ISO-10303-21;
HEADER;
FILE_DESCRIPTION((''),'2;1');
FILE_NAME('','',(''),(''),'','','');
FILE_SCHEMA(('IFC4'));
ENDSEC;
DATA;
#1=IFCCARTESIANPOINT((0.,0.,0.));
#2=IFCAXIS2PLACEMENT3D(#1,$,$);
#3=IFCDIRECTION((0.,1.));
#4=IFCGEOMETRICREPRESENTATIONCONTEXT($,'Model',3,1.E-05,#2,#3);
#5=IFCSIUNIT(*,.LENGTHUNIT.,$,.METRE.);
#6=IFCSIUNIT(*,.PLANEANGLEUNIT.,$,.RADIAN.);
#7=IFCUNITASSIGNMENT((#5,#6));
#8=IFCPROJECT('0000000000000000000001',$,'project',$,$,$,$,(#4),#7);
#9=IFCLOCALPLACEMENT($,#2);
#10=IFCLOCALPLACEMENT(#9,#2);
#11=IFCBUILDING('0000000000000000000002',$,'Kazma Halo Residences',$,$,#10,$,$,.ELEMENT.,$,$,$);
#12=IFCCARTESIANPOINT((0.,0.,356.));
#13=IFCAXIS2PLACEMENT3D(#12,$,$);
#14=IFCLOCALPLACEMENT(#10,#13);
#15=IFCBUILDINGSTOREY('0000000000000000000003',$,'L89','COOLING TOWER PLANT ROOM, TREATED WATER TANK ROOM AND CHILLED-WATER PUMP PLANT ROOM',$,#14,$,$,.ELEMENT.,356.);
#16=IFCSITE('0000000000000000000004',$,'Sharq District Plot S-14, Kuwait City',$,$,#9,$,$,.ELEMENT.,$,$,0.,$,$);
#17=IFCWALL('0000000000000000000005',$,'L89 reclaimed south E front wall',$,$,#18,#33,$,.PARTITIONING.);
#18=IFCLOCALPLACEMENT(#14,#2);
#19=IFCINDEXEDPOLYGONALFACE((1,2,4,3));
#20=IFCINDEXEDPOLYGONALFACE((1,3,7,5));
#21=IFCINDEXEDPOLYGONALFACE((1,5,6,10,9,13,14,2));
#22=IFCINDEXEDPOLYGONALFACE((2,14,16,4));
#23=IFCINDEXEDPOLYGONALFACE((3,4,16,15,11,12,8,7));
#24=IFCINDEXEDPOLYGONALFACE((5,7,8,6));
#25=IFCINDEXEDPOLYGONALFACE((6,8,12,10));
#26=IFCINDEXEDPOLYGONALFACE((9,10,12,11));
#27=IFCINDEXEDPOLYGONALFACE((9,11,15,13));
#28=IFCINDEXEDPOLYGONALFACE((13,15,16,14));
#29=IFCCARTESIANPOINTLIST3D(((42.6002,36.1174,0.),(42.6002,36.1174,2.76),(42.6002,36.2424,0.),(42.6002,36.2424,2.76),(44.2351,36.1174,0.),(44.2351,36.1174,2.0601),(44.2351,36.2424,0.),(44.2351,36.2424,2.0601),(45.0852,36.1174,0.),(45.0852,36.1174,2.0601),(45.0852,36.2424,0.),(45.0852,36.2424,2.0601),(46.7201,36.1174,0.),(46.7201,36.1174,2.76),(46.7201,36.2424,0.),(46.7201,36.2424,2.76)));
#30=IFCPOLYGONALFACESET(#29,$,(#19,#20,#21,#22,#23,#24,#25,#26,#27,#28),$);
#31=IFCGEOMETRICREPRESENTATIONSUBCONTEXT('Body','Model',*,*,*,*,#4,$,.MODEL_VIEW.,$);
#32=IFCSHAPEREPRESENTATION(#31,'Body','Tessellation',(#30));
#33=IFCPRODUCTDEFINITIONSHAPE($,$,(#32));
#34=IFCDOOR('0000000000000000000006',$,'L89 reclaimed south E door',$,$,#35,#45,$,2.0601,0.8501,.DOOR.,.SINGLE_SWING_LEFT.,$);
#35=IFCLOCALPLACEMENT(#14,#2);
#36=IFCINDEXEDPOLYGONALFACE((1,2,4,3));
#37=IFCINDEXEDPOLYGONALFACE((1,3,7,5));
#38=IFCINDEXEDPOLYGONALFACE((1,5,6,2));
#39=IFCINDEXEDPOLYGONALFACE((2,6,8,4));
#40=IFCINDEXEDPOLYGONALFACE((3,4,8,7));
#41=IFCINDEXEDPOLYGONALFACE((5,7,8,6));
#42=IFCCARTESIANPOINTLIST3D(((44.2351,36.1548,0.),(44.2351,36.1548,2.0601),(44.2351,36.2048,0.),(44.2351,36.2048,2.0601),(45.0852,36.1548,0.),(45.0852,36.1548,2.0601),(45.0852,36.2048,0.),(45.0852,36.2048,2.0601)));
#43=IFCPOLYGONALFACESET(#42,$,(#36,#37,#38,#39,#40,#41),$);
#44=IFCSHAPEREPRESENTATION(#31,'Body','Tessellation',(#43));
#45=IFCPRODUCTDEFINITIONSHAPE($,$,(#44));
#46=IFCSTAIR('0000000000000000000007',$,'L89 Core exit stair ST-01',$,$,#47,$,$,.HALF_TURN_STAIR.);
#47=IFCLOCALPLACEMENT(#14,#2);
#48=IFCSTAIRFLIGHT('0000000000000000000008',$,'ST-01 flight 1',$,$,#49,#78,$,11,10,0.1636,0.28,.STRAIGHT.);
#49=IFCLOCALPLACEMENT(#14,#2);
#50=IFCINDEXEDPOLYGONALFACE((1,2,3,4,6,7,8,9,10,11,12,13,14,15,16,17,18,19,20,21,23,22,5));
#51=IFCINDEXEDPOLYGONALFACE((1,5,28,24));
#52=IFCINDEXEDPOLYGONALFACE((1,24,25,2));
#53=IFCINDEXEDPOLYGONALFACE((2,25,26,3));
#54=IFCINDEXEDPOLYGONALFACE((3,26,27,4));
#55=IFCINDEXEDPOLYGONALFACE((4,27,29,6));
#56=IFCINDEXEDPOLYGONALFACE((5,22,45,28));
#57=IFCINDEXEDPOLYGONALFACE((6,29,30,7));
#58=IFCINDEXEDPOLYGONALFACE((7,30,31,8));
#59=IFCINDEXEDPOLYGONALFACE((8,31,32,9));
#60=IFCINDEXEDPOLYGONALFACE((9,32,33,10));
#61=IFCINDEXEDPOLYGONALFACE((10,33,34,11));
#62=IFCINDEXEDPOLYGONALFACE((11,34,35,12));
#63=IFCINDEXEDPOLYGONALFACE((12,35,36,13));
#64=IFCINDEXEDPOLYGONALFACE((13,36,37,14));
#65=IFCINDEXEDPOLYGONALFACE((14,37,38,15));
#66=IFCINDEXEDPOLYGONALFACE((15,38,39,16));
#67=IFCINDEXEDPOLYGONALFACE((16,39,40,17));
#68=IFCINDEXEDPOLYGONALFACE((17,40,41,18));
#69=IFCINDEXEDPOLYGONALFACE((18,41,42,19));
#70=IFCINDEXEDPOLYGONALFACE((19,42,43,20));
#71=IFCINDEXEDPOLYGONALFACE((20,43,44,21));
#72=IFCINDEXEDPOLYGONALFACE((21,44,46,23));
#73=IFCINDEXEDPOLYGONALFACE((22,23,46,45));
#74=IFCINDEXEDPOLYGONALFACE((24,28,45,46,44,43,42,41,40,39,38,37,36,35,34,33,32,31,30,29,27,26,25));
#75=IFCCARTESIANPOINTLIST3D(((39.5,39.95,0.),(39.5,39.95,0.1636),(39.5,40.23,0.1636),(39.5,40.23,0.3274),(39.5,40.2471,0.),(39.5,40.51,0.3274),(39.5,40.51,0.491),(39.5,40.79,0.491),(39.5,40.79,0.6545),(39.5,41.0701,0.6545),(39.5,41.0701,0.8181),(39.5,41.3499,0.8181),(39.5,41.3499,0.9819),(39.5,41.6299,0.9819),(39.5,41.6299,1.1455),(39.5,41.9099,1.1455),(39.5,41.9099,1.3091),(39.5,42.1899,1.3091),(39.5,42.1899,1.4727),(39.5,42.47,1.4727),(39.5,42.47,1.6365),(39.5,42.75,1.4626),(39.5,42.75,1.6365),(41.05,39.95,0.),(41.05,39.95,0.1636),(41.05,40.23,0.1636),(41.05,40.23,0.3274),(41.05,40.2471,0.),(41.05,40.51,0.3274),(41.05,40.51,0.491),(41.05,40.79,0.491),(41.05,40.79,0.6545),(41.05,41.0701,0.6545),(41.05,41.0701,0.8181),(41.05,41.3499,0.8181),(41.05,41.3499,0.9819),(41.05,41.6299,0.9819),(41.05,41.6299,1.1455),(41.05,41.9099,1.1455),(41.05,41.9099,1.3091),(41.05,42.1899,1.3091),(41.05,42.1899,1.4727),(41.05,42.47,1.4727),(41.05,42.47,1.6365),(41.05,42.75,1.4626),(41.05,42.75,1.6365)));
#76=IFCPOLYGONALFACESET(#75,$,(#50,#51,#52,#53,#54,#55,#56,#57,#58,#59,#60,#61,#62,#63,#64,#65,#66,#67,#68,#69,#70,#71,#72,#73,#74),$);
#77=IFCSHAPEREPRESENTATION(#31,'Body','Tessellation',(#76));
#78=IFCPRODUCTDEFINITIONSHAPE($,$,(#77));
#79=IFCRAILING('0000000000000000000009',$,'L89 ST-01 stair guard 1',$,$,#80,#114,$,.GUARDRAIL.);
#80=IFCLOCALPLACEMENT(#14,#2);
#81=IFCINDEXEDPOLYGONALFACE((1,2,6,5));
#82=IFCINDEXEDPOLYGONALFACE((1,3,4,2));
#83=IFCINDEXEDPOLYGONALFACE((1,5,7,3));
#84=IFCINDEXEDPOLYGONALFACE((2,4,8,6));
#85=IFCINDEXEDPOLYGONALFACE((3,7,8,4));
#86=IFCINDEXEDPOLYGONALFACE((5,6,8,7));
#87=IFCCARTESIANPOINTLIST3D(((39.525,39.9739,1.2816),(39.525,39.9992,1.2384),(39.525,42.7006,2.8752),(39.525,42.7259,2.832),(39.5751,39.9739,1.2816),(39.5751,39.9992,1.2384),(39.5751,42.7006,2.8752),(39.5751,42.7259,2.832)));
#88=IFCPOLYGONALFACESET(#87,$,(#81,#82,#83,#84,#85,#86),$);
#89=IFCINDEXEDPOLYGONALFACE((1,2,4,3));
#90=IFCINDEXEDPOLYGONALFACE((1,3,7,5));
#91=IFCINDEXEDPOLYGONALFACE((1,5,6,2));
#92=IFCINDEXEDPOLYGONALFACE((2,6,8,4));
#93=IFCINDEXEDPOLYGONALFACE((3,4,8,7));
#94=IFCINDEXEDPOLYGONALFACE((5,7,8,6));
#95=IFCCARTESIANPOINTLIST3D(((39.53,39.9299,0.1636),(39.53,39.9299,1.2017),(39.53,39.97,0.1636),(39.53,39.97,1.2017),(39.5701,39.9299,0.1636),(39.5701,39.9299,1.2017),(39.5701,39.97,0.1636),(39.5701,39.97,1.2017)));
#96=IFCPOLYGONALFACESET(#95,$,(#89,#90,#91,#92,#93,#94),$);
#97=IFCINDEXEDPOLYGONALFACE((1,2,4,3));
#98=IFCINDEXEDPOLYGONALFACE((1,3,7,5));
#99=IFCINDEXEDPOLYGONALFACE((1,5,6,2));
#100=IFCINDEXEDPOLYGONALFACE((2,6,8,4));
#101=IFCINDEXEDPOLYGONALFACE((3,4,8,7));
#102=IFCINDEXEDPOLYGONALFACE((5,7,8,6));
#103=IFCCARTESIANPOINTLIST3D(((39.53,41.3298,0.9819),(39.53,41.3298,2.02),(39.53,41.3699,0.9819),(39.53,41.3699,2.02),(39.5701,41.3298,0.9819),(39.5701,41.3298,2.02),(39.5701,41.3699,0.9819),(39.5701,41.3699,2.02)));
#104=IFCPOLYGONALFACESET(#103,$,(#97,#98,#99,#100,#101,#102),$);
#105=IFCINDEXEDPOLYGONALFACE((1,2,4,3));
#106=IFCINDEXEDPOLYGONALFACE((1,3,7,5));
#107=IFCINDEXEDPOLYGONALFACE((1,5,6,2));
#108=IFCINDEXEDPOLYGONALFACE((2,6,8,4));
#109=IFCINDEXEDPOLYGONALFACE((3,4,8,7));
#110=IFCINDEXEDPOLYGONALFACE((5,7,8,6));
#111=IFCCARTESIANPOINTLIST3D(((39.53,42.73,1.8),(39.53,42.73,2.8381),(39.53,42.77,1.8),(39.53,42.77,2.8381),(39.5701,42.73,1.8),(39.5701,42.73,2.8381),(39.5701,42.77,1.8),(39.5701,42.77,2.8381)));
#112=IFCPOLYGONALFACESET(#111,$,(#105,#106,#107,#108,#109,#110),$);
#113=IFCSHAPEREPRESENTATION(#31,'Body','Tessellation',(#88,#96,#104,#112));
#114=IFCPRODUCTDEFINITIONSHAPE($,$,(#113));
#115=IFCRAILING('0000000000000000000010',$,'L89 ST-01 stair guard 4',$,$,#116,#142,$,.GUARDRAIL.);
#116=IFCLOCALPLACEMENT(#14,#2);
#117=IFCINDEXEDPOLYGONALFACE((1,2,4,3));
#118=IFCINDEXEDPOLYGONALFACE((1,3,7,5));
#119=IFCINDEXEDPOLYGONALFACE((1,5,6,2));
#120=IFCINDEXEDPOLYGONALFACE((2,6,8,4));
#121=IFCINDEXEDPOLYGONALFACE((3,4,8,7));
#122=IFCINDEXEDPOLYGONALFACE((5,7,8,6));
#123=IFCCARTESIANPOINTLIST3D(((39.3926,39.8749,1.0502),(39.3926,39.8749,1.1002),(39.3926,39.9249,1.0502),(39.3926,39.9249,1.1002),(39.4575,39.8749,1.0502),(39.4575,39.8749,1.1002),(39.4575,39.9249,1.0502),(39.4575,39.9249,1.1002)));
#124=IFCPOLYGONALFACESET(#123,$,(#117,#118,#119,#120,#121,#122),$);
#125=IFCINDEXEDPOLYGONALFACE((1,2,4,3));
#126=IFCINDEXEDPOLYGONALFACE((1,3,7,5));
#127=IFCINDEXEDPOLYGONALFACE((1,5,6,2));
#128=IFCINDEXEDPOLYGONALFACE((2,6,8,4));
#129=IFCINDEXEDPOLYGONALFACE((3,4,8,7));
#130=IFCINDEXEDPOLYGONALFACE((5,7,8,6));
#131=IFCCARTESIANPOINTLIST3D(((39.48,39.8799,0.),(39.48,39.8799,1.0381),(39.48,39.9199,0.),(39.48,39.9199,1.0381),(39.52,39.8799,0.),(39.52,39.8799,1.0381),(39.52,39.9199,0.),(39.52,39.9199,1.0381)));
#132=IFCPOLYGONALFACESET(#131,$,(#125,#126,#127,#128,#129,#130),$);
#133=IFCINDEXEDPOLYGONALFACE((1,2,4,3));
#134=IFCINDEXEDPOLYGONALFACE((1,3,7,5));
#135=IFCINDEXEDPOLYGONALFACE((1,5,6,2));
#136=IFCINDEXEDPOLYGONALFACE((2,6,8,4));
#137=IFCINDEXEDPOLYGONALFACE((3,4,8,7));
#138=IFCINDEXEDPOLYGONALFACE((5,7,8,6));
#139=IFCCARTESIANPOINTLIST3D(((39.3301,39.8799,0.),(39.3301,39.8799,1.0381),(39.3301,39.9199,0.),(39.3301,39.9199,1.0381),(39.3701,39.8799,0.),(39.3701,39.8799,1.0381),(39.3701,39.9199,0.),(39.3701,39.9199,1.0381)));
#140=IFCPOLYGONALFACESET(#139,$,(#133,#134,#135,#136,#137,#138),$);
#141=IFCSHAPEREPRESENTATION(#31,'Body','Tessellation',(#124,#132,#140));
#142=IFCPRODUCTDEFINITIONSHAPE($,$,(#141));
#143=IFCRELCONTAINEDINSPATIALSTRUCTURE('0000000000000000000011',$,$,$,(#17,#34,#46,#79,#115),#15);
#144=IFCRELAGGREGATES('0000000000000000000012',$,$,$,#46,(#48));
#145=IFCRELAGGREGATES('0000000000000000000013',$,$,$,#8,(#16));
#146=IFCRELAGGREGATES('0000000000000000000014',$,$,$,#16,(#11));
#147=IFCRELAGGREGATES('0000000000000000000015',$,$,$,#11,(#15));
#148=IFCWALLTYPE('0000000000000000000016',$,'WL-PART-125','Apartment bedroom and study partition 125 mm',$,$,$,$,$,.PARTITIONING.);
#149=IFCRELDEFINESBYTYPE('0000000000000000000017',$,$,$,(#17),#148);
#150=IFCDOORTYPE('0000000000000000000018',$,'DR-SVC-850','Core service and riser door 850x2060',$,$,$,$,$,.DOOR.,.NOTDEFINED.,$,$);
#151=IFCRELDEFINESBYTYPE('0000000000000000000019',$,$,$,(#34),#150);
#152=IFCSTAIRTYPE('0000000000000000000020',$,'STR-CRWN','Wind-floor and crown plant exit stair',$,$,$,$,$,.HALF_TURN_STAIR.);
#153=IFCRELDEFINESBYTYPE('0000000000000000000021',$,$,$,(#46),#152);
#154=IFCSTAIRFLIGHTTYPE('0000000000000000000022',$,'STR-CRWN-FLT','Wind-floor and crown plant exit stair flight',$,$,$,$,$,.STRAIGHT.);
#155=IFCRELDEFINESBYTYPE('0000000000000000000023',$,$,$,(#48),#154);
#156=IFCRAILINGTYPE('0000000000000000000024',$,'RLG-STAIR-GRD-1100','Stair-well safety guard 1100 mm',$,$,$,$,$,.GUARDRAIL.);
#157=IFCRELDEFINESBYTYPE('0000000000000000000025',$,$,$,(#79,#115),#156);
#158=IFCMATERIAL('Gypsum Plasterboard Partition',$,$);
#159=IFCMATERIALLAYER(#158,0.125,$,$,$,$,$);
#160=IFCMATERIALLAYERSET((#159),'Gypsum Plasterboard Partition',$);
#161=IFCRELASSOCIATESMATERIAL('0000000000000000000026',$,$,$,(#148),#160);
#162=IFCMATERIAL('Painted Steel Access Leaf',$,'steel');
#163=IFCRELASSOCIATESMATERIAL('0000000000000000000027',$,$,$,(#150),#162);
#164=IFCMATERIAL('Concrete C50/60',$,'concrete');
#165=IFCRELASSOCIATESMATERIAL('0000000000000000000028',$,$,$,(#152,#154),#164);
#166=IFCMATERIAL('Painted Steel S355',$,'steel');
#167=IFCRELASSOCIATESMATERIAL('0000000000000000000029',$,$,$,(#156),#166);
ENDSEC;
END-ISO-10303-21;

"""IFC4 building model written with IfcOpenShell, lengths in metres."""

from ifc_helpers import new_model, si_unit, direction, frame, frame_2d, origin, origin_2d, place, context, subcontext, project, spatial, polyline, rectangle, outline, extrude, material, layer, layer_set, type_object, element, fill, aggregate, save


model = new_model("IFC4")

# Units and contexts
model_context = context("Model", 3, precision=1e-05, world=origin(), true_north=direction((0.0, 1.0)))
body_context = subcontext(model_context, "Body", "Model", "MODEL_VIEW")
ifc_project = project(units=[si_unit("LENGTHUNIT", "METRE"), si_unit("PLANEANGLEUNIT", "RADIAN")], contexts=[model_context])

# Site, building, storey
site_placement = place(None, origin())
site = spatial("IfcSite", under=ifc_project, at=site_placement, Name="Sharq District Plot S-14, Kuwait City", CompositionType="ELEMENT", RefElevation=0.0)
building_placement = place(site_placement, origin())
building = spatial("IfcBuilding", under=site, at=building_placement, Name="Kazma Halo Residences", CompositionType="ELEMENT")
storey_placement = place(building_placement, frame((0.0, 0.0, 356.0)))
storey = spatial("IfcBuildingStorey", under=building, at=storey_placement, Name="L89", Description="COOLING TOWER PLANT ROOM, TREATED WATER TANK ROOM AND CHILLED-WATER PUMP PLANT ROOM", CompositionType="ELEMENT", Elevation=356.0)

# Shared definitions
ifc_material_1 = material(Name="Gypsum Plasterboard Partition")
ifc_layer_1 = layer(ifc_material_1, 0.125)
ifc_layer_set_1 = layer_set([ifc_layer_1], Name="Gypsum Plasterboard Partition")
wall_type_1 = type_object("IfcWallType", Name="WL-PART-125", Description="Apartment bedroom and study partition 125 mm", PredefinedType="PARTITIONING", material=ifc_layer_set_1)

# Wall, opening, door
ifc_material_2 = material(Name="Painted Steel Access Leaf", Category="steel")
door_type_1 = type_object("IfcDoorType", Name="DR-SVC-850", Description="Core service and riser door 850x2060", OperationType="NOTDEFINED", PredefinedType="DOOR", material=ifc_material_2)
wall_1_placement = place(storey_placement, frame((42.6001, 36.1799, 0.0), z_axis=(0.0, 0.0, 1.0), x_axis=(1.0, 0.0, 0.0)))
wall_1 = element("IfcWall", 1, at=wall_1_placement, inside=storey, type_object=wall_type_1, Name="L89 reclaimed south E front wall", PredefinedType="PARTITIONING", context=body_context, shape_type="SweptSolid", body=[
    extrude(rectangle(XDim=4.1199, YDim=0.125, at=frame_2d((2.0601, 0.0))), origin(), (0.0, 0.0, 1.0), 2.76),
])
opening_1_placement = place(wall_1_placement, frame((1.635, 0.0, 0.0)))
opening_1 = element("IfcOpeningElement", 2, at=opening_1_placement, cuts=wall_1, PredefinedType="OPENING", context=body_context, shape_type="SweptSolid", body=[
    extrude(rectangle(XDim=0.8501, YDim=2.0601, at=frame_2d((0.425, 1.03))), frame((0.0, 0.0725, 0.0), z_axis=(0.0, -1.0, 0.0), x_axis=(1.0, 0.0, 0.0)), (0.0, 0.0, 1.0), 0.145),
])
door_1_placement = place(opening_1_placement, origin())
door_1 = element("IfcDoor", 3, at=door_1_placement, inside=storey, type_object=door_type_1, Name="L89 reclaimed south E door", OperationType="SINGLE_SWING_LEFT", OverallHeight=2.0601, OverallWidth=0.8501, PredefinedType="DOOR", context=body_context, shape_type="SweptSolid", body=[
    extrude(rectangle(XDim=0.8501, YDim=2.0601, at=frame_2d((0.425, 1.03))), frame((0.0, 0.0249, 0.0), z_axis=(0.0, -1.0, 0.0), x_axis=(1.0, 0.0, 0.0)), (0.0, 0.0, 1.0), 0.05),
])
fill(opening_1, door_1)
ifc_material_3 = material(Name="Concrete C50/60", Category="concrete")

# Stair, stair flight
stair_type = type_object("IfcStairType", Name="STR-CRWN", Description="Wind-floor and crown plant exit stair", PredefinedType="HALF_TURN_STAIR", material=ifc_material_3)
stair_placement = place(storey_placement, origin())
stair = element("IfcStair", 4, at=stair_placement, inside=storey, type_object=stair_type, Name="L89 Core exit stair ST-01", PredefinedType="HALF_TURN_STAIR")
stair_flight_type = type_object("IfcStairFlightType", Name="STR-CRWN-FLT", Description="Wind-floor and crown plant exit stair flight", PredefinedType="STRAIGHT", material=ifc_material_3)
stair_flight_placement = place(storey_placement, frame((40.2749, 39.95, 0.0), z_axis=(0.0, 0.0, 1.0), x_axis=(0.0, 1.0, 0.0)))
stair_flight = element("IfcStairFlight", 5, at=stair_flight_placement, type_object=stair_flight_type, Name="ST-01 flight 1", NumberOfRisers=11, NumberOfTreads=10, PredefinedType="STRAIGHT", RiserHeight=0.1636, TreadLength=0.28, context=body_context, shape_type="SweptSolid", body=[
    extrude(outline(polyline([(0.0, 0.0), (0.0, 0.1636), (0.28, 0.1636), (0.28, 0.3274), (0.5601, 0.3274), (0.5601, 0.491), (0.8401, 0.491), (0.8401, 0.6545), (1.1201, 0.6545), (1.1201, 0.8181), (1.3999, 0.8181), (1.3999, 0.9819), (1.6799, 0.9819), (1.6799, 1.1455), (1.96, 1.1455), (1.96, 1.3091), (2.24, 1.3091), (2.24, 1.4727), (2.52, 1.4727), (2.52, 1.6365), (2.8, 1.6365), (2.8, 1.8), (2.8, 1.4626), (0.2971, 0.0), (0.0, 0.0)])), frame((0.0, 0.7749, 0.0), z_axis=(0.0, -1.0, 0.0), x_axis=(1.0, 0.0, 0.0)), (0.0, 0.0, 1.0), 1.55),
])
aggregate(stair, [stair_flight])

# Railings
ifc_material_4 = material(Name="Painted Steel S355", Category="steel")
railing_type = type_object("IfcRailingType", Name="RLG-STAIR-GRD-1100", Description="Stair-well safety guard 1100 mm", PredefinedType="GUARDRAIL", material=ifc_material_4)
railing_1_placement = place(storey_placement, frame((39.55, 39.95, 0.1636)))
element("IfcRailing", 6, at=railing_1_placement, inside=storey, type_object=railing_type, Name="L89 ST-01 stair guard 1", PredefinedType="GUARDRAIL", context=body_context, shape_type="SweptSolid", body=[
    extrude(rectangle(XDim=0.05, YDim=0.05, at=origin_2d()), frame((0.0, 0.0366, 1.0964), z_axis=(0.0, 0.863361, 0.504587), x_axis=(-1.0, 0.0, 0.0)), (0.0, 0.0, 1.0), 3.1582),
    extrude(rectangle(XDim=0.04, YDim=0.04, at=origin_2d()), origin(), (0.0, 0.0, 1.0), 1.0381),
    extrude(rectangle(XDim=0.04, YDim=0.04, at=origin_2d()), frame((0.0, 1.3999, 0.8184)), (0.0, 0.0, 1.0), 1.0381),
    extrude(rectangle(XDim=0.04, YDim=0.04, at=origin_2d()), frame((0.0, 2.8, 1.6365)), (0.0, 0.0, 1.0), 1.0381),
])
railing_2_placement = place(storey_placement, frame((39.5, 39.8999, 0.0)))
element("IfcRailing", 7, at=railing_2_placement, inside=storey, type_object=railing_type, Name="L89 ST-01 stair guard 4", PredefinedType="GUARDRAIL", context=body_context, shape_type="SweptSolid", body=[
    extrude(rectangle(XDim=0.05, YDim=0.05, at=origin_2d()), frame((-0.0425, 0.0, 1.0752), z_axis=(-1.0, 0.0, 0.0), x_axis=(0.0, -1.0, 0.0)), (0.0, 0.0, 1.0), 0.0649),
    extrude(rectangle(XDim=0.04, YDim=0.04, at=origin_2d()), origin(), (0.0, 0.0, 1.0), 1.0381),
    extrude(rectangle(XDim=0.04, YDim=0.04, at=origin_2d()), frame((-0.1499, 0.0, 0.0)), (0.0, 0.0, 1.0), 1.0381),
])

save(model, "model.ifc")
